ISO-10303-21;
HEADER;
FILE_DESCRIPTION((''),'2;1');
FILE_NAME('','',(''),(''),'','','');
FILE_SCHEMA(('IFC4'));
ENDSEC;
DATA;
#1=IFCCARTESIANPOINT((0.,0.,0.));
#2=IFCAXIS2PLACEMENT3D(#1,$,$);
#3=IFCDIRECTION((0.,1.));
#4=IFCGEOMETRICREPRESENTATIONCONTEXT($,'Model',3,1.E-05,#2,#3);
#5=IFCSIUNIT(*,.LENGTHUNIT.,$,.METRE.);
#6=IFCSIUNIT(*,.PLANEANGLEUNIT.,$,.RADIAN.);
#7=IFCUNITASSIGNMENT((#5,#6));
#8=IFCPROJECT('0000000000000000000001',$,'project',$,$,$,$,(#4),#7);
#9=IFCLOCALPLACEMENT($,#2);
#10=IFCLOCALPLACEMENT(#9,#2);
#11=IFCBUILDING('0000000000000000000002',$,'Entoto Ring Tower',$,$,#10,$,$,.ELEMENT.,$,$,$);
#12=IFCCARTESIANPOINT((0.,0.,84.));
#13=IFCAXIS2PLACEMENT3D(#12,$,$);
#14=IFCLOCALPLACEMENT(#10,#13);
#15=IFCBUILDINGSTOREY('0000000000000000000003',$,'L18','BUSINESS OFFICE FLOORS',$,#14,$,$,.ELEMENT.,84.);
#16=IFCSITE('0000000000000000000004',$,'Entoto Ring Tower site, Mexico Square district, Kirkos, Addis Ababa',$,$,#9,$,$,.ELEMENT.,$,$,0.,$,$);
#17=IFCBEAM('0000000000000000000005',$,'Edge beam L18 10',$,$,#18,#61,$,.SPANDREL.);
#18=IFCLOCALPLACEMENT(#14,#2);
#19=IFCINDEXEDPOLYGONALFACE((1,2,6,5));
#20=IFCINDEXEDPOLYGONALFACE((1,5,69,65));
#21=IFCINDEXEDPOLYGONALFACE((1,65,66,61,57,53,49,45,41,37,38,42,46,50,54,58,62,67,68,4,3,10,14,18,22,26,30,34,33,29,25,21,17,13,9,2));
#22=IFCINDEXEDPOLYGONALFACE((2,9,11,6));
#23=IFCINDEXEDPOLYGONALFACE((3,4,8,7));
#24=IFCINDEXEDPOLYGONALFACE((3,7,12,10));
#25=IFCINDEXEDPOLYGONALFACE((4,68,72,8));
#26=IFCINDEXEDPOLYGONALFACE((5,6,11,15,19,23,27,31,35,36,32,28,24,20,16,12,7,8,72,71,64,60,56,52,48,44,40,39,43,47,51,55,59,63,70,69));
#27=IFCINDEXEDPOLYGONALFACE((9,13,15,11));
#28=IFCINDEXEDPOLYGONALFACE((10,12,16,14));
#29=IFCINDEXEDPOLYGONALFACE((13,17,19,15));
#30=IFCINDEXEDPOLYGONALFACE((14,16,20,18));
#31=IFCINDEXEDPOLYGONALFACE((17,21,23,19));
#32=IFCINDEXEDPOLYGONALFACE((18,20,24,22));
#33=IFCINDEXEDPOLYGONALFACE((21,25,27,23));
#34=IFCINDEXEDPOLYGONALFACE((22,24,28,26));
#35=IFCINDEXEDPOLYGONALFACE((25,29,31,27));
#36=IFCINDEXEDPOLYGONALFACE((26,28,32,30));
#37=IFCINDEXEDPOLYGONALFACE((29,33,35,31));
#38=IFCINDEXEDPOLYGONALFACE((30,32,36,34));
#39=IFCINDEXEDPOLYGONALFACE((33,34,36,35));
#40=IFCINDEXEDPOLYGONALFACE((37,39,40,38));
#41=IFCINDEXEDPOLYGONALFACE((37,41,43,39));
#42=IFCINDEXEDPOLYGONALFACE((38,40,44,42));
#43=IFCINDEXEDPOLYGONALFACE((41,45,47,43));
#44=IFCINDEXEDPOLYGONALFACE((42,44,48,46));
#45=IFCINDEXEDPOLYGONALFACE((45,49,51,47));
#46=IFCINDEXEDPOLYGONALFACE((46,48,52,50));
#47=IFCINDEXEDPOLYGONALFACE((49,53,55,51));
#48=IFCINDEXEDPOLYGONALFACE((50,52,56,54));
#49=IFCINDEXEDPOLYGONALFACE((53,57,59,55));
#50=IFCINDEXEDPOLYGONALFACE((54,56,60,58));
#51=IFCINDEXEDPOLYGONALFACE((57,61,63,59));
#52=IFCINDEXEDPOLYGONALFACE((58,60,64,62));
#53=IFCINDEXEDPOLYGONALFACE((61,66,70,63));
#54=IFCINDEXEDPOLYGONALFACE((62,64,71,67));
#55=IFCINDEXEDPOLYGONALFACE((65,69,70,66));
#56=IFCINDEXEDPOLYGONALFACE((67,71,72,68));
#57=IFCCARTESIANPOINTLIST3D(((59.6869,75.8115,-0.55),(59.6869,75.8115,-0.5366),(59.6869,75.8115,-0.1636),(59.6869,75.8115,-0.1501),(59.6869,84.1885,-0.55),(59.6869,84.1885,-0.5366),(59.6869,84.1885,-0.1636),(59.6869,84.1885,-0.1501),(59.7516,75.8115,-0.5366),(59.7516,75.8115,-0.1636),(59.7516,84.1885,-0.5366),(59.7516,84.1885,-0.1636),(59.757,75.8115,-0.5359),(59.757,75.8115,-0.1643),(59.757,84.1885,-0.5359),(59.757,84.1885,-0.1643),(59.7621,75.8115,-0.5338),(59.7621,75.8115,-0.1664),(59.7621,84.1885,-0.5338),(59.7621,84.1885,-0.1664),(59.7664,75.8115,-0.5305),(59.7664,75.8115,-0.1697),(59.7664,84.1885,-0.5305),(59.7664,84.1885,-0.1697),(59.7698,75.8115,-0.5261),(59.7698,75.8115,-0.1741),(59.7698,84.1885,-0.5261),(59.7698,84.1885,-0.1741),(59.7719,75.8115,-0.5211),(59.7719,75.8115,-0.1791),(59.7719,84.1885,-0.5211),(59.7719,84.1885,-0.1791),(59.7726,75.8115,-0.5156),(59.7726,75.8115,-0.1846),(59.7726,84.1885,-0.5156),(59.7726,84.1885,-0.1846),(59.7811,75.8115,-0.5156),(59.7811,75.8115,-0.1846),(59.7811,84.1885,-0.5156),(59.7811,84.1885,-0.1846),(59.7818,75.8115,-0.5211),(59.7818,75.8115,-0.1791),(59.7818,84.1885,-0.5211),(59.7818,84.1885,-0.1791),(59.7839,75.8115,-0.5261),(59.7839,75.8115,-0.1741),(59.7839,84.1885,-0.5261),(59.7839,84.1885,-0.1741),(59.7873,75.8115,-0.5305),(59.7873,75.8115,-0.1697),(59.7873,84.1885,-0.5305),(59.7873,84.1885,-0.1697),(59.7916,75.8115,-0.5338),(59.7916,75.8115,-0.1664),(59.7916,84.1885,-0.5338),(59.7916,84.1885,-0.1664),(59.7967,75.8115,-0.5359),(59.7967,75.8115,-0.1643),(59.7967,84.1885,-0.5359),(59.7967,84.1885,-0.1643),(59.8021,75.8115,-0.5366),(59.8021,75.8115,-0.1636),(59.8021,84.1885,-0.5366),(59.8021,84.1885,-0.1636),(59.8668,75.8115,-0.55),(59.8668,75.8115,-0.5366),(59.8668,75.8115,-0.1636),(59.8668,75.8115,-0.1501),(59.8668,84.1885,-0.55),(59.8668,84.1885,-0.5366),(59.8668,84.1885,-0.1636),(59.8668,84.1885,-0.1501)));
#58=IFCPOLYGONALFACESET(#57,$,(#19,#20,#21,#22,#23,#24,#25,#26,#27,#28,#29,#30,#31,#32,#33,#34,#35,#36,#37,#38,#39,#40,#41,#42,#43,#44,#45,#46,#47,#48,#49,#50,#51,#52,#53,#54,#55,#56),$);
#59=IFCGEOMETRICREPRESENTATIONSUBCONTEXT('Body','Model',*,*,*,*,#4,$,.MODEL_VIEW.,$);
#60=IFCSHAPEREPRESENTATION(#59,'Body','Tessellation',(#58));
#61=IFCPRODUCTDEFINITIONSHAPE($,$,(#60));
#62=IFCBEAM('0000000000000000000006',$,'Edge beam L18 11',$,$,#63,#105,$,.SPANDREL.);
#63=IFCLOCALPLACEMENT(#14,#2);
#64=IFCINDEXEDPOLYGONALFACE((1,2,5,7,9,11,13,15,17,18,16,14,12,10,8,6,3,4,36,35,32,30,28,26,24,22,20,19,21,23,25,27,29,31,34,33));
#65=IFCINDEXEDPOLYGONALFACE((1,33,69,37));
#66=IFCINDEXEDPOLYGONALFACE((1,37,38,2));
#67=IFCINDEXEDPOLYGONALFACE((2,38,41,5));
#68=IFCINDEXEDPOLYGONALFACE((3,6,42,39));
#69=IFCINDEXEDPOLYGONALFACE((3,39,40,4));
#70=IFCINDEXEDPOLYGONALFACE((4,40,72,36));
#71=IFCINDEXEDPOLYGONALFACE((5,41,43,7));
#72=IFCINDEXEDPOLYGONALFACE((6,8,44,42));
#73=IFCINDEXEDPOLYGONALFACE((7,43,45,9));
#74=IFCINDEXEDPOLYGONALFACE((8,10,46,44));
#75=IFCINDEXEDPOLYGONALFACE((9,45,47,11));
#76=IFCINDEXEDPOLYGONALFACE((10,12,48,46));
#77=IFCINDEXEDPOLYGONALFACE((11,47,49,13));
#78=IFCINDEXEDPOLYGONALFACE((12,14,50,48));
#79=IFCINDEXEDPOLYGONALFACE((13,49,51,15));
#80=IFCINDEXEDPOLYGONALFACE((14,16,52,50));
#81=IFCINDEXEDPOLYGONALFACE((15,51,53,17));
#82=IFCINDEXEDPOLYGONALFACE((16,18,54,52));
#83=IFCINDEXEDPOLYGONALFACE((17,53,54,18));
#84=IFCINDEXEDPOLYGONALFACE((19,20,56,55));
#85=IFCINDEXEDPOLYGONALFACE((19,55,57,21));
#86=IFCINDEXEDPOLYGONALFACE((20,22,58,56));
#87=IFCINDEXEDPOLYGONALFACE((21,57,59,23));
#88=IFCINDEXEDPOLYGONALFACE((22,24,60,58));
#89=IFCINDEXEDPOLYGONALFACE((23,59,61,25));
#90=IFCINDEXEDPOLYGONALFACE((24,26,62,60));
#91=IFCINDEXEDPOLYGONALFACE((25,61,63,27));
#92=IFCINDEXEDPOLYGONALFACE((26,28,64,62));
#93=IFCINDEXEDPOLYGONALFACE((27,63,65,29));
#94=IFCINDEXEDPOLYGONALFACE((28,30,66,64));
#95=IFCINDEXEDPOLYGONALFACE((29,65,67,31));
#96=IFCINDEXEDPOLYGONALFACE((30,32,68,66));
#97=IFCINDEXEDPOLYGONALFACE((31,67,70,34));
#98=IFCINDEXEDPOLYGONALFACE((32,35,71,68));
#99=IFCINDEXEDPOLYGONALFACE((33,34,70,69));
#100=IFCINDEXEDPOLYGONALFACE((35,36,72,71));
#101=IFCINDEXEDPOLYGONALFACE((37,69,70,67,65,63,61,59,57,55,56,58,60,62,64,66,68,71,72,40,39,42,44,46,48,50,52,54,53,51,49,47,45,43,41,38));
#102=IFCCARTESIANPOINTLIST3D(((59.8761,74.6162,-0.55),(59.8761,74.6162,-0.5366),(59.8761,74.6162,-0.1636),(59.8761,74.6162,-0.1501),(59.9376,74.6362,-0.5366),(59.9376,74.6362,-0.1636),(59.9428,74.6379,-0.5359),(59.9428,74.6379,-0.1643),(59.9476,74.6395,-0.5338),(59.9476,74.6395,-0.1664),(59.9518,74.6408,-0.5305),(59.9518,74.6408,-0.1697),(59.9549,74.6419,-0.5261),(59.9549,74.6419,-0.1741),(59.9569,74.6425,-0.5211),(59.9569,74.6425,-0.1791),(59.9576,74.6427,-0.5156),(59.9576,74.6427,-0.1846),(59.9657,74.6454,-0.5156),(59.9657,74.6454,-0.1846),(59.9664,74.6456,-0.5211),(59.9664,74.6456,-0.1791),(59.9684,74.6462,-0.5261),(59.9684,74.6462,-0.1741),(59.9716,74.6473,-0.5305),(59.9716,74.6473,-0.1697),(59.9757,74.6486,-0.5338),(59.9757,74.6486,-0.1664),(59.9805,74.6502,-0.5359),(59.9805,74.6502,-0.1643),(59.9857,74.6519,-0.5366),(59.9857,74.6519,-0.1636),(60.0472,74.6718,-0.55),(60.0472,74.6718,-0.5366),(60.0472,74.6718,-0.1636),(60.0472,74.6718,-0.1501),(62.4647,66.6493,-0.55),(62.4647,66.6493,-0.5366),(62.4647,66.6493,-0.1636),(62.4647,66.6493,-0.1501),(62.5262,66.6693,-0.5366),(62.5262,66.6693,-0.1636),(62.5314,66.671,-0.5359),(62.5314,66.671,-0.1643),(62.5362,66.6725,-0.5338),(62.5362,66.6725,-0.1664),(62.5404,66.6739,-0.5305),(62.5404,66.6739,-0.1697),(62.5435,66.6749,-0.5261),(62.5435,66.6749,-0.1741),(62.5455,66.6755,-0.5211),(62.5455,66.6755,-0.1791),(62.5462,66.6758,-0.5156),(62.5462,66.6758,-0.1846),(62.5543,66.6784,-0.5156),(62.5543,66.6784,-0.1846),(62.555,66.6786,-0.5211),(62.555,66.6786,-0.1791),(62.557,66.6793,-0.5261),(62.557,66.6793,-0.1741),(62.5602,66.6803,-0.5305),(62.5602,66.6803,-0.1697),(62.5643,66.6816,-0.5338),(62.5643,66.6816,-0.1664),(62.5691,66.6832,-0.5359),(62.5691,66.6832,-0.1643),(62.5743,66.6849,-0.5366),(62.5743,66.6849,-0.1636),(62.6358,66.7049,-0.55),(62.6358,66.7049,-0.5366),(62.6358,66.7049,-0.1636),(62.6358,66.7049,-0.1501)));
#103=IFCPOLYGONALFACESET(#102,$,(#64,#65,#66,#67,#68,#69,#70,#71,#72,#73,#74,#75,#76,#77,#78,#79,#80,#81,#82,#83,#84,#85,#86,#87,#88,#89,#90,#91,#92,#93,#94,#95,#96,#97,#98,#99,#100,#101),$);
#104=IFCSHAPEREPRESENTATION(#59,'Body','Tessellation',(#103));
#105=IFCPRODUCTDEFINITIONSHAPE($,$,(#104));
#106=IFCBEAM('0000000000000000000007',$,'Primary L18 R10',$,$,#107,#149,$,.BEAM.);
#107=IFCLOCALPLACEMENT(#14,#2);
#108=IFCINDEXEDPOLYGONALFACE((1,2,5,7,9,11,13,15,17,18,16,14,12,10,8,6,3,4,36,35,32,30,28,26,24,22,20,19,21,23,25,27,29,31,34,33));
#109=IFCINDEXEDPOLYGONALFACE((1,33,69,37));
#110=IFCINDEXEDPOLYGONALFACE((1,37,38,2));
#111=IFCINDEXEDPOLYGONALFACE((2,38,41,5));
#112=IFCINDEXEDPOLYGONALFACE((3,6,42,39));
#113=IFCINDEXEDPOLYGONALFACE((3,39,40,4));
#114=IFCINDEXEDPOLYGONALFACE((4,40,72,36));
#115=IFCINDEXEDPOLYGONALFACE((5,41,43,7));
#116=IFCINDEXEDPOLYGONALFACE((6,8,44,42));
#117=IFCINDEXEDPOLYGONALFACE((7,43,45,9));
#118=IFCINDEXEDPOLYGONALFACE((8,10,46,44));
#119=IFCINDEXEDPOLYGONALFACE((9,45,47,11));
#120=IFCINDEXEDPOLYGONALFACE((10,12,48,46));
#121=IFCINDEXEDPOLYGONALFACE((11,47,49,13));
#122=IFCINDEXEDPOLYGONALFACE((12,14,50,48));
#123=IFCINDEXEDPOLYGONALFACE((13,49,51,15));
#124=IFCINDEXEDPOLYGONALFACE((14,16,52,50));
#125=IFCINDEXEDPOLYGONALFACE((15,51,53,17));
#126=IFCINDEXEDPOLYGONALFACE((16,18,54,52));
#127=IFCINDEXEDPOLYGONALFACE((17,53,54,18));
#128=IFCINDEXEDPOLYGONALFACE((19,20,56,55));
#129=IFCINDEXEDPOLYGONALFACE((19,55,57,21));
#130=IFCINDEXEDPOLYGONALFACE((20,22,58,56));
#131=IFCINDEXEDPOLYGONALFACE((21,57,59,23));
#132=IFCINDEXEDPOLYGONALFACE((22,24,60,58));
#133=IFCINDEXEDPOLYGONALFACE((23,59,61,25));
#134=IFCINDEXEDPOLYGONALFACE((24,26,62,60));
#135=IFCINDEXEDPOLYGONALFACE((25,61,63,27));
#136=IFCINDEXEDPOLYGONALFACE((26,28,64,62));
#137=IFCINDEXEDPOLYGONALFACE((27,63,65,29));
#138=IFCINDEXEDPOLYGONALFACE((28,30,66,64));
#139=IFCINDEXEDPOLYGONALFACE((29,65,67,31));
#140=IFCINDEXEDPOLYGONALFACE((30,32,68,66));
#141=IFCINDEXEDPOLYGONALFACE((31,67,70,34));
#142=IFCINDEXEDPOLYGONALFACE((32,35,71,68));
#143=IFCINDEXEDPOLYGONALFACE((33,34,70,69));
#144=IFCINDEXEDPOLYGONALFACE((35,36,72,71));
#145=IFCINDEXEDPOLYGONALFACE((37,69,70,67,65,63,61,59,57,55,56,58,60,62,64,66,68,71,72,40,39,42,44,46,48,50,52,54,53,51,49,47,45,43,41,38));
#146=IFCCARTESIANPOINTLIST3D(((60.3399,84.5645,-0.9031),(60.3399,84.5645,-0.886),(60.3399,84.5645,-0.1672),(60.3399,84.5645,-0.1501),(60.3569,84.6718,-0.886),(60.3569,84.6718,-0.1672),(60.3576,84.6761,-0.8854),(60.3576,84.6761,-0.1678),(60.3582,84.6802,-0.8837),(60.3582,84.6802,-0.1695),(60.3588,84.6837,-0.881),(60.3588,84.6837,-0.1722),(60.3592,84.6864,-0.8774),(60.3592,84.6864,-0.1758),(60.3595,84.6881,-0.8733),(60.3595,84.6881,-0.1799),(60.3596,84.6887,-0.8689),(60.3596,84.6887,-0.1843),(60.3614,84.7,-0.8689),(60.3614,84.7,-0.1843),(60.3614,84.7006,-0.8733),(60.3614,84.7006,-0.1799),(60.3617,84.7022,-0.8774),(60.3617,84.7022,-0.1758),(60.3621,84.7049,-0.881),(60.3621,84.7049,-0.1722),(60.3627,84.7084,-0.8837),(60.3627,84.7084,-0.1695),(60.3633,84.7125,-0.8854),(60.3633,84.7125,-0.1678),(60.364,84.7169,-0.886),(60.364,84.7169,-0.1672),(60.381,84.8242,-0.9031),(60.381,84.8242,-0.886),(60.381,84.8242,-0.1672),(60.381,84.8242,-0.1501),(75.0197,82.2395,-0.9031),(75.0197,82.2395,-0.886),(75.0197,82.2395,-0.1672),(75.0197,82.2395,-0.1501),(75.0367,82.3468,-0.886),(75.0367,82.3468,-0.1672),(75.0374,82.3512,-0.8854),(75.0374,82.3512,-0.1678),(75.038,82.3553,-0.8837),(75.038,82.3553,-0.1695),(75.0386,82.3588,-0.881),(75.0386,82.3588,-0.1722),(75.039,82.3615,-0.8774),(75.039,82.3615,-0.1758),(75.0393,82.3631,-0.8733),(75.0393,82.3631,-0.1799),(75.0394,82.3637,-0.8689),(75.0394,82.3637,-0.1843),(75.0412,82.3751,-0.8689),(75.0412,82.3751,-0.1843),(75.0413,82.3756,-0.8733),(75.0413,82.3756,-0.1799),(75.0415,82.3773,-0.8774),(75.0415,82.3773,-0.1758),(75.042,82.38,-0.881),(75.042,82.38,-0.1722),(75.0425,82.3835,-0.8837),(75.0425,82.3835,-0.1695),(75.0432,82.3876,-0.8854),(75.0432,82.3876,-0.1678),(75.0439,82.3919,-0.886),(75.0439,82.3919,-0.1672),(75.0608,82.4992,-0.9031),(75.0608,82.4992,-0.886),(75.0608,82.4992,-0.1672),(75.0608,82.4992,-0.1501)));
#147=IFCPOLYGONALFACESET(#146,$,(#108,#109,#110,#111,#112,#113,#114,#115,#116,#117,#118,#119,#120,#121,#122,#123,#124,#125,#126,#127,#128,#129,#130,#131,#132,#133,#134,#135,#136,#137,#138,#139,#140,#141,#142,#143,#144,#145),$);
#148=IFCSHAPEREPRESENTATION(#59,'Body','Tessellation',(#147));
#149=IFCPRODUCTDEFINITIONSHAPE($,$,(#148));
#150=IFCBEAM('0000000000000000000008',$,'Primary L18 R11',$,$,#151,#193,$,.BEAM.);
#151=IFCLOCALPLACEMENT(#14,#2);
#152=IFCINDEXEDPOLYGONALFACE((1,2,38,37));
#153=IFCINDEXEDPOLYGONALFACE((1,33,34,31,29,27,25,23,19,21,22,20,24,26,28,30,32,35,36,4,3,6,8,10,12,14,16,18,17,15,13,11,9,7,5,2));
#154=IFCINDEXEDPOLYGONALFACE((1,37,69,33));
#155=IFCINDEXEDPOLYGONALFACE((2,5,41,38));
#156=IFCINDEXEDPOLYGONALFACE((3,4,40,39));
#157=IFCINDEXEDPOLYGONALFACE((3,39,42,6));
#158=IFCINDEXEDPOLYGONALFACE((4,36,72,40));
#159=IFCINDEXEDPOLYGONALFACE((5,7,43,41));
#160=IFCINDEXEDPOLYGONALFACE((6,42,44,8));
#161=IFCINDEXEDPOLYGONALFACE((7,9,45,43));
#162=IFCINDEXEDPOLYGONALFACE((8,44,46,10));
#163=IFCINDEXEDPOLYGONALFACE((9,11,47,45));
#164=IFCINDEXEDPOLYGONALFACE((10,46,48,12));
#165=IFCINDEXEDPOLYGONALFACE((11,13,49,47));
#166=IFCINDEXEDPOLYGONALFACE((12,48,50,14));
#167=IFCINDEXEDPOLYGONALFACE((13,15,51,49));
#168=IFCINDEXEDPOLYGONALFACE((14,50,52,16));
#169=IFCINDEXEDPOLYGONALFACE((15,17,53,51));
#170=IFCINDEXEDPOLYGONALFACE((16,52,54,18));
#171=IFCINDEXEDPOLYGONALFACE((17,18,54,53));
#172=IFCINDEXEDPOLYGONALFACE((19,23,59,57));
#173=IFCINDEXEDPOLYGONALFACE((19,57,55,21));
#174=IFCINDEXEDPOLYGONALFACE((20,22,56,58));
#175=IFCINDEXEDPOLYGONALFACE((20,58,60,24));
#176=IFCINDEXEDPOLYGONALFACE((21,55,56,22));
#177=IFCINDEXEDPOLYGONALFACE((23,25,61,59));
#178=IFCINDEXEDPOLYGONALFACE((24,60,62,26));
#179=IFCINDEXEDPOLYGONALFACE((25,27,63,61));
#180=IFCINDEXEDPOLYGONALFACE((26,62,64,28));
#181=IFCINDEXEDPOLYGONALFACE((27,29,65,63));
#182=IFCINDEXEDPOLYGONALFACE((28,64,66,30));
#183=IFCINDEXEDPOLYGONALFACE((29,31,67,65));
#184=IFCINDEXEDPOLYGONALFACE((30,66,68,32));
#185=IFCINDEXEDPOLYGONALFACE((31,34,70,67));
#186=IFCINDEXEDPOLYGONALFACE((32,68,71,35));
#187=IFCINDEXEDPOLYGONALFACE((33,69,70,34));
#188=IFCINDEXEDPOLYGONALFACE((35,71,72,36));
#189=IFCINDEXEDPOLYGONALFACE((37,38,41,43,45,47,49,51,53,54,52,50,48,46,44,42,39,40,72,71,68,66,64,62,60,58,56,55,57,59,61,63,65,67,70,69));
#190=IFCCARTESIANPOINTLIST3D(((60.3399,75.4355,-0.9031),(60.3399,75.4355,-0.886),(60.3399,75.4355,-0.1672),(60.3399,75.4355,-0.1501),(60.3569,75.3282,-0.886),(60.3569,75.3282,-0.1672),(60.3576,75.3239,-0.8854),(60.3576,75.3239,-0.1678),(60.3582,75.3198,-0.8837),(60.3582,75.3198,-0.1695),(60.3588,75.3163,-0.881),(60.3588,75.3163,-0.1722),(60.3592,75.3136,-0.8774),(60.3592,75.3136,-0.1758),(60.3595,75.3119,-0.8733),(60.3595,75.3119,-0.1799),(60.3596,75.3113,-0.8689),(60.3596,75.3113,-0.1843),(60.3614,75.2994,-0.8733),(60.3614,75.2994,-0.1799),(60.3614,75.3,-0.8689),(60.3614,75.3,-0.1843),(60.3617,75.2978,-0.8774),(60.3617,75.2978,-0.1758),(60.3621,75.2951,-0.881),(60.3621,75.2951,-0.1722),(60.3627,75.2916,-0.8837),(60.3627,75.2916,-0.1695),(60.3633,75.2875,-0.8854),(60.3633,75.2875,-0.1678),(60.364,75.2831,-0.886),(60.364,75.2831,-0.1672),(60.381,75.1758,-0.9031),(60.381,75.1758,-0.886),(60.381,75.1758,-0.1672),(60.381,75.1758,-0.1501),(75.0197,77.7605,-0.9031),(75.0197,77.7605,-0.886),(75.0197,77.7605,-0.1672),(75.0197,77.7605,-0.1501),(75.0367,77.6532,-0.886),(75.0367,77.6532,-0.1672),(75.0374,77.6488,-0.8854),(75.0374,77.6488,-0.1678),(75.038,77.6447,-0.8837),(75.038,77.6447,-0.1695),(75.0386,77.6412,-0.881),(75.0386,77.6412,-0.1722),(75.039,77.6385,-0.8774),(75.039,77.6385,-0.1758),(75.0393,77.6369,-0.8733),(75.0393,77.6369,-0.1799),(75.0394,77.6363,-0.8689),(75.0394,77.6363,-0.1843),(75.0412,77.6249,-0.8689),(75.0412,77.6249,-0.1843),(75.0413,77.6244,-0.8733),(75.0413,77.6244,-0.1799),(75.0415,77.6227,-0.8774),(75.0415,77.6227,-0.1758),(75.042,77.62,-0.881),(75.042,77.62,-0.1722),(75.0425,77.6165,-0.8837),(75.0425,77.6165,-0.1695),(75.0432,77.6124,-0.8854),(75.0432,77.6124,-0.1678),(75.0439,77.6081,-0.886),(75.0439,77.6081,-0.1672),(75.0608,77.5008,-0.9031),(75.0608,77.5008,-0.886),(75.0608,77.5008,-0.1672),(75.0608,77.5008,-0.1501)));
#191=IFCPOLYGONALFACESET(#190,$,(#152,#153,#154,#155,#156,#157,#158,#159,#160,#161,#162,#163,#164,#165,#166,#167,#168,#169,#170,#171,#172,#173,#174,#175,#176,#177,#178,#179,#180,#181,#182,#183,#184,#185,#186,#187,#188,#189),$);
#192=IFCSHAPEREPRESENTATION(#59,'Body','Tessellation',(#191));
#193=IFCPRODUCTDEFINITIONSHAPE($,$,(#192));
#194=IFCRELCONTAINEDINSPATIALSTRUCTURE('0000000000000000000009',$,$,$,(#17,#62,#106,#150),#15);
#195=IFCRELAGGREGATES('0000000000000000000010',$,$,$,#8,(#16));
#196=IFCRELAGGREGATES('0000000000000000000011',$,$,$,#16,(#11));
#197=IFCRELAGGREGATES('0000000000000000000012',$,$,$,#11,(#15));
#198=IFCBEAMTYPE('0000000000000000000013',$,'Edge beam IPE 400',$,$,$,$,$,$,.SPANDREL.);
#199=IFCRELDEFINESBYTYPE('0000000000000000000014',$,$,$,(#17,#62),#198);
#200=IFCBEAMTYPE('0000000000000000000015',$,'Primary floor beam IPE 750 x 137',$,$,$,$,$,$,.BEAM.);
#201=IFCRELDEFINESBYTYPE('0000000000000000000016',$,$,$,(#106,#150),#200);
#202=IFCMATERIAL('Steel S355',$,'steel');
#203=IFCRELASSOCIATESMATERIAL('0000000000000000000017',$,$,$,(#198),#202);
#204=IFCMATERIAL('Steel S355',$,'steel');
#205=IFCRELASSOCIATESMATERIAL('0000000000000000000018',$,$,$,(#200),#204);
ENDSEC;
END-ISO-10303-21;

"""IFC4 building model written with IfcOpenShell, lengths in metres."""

from ifc_helpers import new_model, si_unit, direction, frame, origin, origin_2d, place, context, subcontext, project, spatial, i_section, extrude, material, material_profile, profile_set, type_object, element, save


model = new_model("IFC4")

# Units and contexts
model_context = context("Model", 3, precision=1e-05, world=origin(), true_north=direction((0.0, 1.0)))
body_context = subcontext(model_context, "Body", "Model", "MODEL_VIEW")
ifc_project = project(units=[si_unit("LENGTHUNIT", "METRE"), si_unit("PLANEANGLEUNIT", "RADIAN")], contexts=[model_context])

# Site, building, storey
site_placement = place(None, origin())
site = spatial("IfcSite", under=ifc_project, at=site_placement, Name="Entoto Ring Tower site, Mexico Square district, Kirkos, Addis Ababa", CompositionType="ELEMENT", RefElevation=0.0)
building_placement = place(site_placement, origin())
building = spatial("IfcBuilding", under=site, at=building_placement, Name="Entoto Ring Tower", CompositionType="ELEMENT")
storey_placement = place(building_placement, frame((0.0, 0.0, 84.0)))
storey = spatial("IfcBuildingStorey", under=building, at=storey_placement, Name="L18", Description="BUSINESS OFFICE FLOORS", CompositionType="ELEMENT", Elevation=84.0)

# Beams
ifc_material_1 = material(Name="Steel S355", Category="steel")
ifc_material_profile_1 = material_profile(ifc_material_1, i_section(OverallWidth=0.1799, OverallDepth=0.3999, WebThickness=0.0085, FlangeThickness=0.0134, FilletRadius=0.021, at=origin_2d()), Name="IPE 400")
ifc_profile_set_1 = profile_set([ifc_material_profile_1], Name="Steel S355")
beam_type_1 = type_object("IfcBeamType", Name="Edge beam IPE 400", PredefinedType="SPANDREL", material=ifc_profile_set_1)
for number, where, z_axis, x_axis, name in (
    (1, (59.7769, 84.1885, -0.3501), (0.0, -1.0, 0.0), (1.0, 0.0, 0.0), "Edge beam L18 10"),
    (2, (59.9617, 74.644, -0.3501), (0.309014, -0.951057, 0.0), (0.951057, 0.309014, 0.0), "Edge beam L18 11"),
):
    element("IfcBeam", number, at=place(storey_placement, frame(where, z_axis=z_axis, x_axis=x_axis)), inside=storey, type_object=beam_type_1, Name=name, PredefinedType="SPANDREL", context=body_context, shape_type="SweptSolid", body=[
        extrude(i_section(OverallWidth=0.1799, OverallDepth=0.3999, WebThickness=0.0085, FlangeThickness=0.0134, FilletRadius=0.021, at=origin_2d()), origin(), (0.0, 0.0, 1.0), 8.377),
    ])
ifc_material_2 = material(Name="Steel S355", Category="steel")
ifc_material_profile_2 = material_profile(ifc_material_2, i_section(OverallWidth=0.2629, OverallDepth=0.7529, WebThickness=0.0115, FlangeThickness=0.0171, FilletRadius=0.0171, at=origin_2d()), Name="IPE 750 x 137")
ifc_profile_set_2 = profile_set([ifc_material_profile_2], Name="Steel S355")
beam_type_2 = type_object("IfcBeamType", Name="Primary floor beam IPE 750 x 137", PredefinedType="BEAM", material=ifc_profile_set_2)
for number, where, z_axis, x_axis, name in (
    (3, (75.0403, 82.3694, -0.5266), (-0.98769, 0.156426, 0.0), (-0.156426, -0.98769, 0.0), "Primary L18 R10"),
    (4, (75.0403, 77.6306, -0.5266), (-0.98769, -0.156426, 0.0), (0.156426, -0.98769, 0.0), "Primary L18 R11"),
):
    element("IfcBeam", number, at=place(storey_placement, frame(where, z_axis=z_axis, x_axis=x_axis)), inside=storey, type_object=beam_type_2, Name=name, PredefinedType="BEAM", context=body_context, shape_type="SweptSolid", body=[
        extrude(i_section(OverallWidth=0.2629, OverallDepth=0.7529, WebThickness=0.0115, FlangeThickness=0.0171, FilletRadius=0.0171, at=origin_2d()), origin(), (0.0, 0.0, 1.0), 14.8628),
    ])

save(model, "model.ifc")
